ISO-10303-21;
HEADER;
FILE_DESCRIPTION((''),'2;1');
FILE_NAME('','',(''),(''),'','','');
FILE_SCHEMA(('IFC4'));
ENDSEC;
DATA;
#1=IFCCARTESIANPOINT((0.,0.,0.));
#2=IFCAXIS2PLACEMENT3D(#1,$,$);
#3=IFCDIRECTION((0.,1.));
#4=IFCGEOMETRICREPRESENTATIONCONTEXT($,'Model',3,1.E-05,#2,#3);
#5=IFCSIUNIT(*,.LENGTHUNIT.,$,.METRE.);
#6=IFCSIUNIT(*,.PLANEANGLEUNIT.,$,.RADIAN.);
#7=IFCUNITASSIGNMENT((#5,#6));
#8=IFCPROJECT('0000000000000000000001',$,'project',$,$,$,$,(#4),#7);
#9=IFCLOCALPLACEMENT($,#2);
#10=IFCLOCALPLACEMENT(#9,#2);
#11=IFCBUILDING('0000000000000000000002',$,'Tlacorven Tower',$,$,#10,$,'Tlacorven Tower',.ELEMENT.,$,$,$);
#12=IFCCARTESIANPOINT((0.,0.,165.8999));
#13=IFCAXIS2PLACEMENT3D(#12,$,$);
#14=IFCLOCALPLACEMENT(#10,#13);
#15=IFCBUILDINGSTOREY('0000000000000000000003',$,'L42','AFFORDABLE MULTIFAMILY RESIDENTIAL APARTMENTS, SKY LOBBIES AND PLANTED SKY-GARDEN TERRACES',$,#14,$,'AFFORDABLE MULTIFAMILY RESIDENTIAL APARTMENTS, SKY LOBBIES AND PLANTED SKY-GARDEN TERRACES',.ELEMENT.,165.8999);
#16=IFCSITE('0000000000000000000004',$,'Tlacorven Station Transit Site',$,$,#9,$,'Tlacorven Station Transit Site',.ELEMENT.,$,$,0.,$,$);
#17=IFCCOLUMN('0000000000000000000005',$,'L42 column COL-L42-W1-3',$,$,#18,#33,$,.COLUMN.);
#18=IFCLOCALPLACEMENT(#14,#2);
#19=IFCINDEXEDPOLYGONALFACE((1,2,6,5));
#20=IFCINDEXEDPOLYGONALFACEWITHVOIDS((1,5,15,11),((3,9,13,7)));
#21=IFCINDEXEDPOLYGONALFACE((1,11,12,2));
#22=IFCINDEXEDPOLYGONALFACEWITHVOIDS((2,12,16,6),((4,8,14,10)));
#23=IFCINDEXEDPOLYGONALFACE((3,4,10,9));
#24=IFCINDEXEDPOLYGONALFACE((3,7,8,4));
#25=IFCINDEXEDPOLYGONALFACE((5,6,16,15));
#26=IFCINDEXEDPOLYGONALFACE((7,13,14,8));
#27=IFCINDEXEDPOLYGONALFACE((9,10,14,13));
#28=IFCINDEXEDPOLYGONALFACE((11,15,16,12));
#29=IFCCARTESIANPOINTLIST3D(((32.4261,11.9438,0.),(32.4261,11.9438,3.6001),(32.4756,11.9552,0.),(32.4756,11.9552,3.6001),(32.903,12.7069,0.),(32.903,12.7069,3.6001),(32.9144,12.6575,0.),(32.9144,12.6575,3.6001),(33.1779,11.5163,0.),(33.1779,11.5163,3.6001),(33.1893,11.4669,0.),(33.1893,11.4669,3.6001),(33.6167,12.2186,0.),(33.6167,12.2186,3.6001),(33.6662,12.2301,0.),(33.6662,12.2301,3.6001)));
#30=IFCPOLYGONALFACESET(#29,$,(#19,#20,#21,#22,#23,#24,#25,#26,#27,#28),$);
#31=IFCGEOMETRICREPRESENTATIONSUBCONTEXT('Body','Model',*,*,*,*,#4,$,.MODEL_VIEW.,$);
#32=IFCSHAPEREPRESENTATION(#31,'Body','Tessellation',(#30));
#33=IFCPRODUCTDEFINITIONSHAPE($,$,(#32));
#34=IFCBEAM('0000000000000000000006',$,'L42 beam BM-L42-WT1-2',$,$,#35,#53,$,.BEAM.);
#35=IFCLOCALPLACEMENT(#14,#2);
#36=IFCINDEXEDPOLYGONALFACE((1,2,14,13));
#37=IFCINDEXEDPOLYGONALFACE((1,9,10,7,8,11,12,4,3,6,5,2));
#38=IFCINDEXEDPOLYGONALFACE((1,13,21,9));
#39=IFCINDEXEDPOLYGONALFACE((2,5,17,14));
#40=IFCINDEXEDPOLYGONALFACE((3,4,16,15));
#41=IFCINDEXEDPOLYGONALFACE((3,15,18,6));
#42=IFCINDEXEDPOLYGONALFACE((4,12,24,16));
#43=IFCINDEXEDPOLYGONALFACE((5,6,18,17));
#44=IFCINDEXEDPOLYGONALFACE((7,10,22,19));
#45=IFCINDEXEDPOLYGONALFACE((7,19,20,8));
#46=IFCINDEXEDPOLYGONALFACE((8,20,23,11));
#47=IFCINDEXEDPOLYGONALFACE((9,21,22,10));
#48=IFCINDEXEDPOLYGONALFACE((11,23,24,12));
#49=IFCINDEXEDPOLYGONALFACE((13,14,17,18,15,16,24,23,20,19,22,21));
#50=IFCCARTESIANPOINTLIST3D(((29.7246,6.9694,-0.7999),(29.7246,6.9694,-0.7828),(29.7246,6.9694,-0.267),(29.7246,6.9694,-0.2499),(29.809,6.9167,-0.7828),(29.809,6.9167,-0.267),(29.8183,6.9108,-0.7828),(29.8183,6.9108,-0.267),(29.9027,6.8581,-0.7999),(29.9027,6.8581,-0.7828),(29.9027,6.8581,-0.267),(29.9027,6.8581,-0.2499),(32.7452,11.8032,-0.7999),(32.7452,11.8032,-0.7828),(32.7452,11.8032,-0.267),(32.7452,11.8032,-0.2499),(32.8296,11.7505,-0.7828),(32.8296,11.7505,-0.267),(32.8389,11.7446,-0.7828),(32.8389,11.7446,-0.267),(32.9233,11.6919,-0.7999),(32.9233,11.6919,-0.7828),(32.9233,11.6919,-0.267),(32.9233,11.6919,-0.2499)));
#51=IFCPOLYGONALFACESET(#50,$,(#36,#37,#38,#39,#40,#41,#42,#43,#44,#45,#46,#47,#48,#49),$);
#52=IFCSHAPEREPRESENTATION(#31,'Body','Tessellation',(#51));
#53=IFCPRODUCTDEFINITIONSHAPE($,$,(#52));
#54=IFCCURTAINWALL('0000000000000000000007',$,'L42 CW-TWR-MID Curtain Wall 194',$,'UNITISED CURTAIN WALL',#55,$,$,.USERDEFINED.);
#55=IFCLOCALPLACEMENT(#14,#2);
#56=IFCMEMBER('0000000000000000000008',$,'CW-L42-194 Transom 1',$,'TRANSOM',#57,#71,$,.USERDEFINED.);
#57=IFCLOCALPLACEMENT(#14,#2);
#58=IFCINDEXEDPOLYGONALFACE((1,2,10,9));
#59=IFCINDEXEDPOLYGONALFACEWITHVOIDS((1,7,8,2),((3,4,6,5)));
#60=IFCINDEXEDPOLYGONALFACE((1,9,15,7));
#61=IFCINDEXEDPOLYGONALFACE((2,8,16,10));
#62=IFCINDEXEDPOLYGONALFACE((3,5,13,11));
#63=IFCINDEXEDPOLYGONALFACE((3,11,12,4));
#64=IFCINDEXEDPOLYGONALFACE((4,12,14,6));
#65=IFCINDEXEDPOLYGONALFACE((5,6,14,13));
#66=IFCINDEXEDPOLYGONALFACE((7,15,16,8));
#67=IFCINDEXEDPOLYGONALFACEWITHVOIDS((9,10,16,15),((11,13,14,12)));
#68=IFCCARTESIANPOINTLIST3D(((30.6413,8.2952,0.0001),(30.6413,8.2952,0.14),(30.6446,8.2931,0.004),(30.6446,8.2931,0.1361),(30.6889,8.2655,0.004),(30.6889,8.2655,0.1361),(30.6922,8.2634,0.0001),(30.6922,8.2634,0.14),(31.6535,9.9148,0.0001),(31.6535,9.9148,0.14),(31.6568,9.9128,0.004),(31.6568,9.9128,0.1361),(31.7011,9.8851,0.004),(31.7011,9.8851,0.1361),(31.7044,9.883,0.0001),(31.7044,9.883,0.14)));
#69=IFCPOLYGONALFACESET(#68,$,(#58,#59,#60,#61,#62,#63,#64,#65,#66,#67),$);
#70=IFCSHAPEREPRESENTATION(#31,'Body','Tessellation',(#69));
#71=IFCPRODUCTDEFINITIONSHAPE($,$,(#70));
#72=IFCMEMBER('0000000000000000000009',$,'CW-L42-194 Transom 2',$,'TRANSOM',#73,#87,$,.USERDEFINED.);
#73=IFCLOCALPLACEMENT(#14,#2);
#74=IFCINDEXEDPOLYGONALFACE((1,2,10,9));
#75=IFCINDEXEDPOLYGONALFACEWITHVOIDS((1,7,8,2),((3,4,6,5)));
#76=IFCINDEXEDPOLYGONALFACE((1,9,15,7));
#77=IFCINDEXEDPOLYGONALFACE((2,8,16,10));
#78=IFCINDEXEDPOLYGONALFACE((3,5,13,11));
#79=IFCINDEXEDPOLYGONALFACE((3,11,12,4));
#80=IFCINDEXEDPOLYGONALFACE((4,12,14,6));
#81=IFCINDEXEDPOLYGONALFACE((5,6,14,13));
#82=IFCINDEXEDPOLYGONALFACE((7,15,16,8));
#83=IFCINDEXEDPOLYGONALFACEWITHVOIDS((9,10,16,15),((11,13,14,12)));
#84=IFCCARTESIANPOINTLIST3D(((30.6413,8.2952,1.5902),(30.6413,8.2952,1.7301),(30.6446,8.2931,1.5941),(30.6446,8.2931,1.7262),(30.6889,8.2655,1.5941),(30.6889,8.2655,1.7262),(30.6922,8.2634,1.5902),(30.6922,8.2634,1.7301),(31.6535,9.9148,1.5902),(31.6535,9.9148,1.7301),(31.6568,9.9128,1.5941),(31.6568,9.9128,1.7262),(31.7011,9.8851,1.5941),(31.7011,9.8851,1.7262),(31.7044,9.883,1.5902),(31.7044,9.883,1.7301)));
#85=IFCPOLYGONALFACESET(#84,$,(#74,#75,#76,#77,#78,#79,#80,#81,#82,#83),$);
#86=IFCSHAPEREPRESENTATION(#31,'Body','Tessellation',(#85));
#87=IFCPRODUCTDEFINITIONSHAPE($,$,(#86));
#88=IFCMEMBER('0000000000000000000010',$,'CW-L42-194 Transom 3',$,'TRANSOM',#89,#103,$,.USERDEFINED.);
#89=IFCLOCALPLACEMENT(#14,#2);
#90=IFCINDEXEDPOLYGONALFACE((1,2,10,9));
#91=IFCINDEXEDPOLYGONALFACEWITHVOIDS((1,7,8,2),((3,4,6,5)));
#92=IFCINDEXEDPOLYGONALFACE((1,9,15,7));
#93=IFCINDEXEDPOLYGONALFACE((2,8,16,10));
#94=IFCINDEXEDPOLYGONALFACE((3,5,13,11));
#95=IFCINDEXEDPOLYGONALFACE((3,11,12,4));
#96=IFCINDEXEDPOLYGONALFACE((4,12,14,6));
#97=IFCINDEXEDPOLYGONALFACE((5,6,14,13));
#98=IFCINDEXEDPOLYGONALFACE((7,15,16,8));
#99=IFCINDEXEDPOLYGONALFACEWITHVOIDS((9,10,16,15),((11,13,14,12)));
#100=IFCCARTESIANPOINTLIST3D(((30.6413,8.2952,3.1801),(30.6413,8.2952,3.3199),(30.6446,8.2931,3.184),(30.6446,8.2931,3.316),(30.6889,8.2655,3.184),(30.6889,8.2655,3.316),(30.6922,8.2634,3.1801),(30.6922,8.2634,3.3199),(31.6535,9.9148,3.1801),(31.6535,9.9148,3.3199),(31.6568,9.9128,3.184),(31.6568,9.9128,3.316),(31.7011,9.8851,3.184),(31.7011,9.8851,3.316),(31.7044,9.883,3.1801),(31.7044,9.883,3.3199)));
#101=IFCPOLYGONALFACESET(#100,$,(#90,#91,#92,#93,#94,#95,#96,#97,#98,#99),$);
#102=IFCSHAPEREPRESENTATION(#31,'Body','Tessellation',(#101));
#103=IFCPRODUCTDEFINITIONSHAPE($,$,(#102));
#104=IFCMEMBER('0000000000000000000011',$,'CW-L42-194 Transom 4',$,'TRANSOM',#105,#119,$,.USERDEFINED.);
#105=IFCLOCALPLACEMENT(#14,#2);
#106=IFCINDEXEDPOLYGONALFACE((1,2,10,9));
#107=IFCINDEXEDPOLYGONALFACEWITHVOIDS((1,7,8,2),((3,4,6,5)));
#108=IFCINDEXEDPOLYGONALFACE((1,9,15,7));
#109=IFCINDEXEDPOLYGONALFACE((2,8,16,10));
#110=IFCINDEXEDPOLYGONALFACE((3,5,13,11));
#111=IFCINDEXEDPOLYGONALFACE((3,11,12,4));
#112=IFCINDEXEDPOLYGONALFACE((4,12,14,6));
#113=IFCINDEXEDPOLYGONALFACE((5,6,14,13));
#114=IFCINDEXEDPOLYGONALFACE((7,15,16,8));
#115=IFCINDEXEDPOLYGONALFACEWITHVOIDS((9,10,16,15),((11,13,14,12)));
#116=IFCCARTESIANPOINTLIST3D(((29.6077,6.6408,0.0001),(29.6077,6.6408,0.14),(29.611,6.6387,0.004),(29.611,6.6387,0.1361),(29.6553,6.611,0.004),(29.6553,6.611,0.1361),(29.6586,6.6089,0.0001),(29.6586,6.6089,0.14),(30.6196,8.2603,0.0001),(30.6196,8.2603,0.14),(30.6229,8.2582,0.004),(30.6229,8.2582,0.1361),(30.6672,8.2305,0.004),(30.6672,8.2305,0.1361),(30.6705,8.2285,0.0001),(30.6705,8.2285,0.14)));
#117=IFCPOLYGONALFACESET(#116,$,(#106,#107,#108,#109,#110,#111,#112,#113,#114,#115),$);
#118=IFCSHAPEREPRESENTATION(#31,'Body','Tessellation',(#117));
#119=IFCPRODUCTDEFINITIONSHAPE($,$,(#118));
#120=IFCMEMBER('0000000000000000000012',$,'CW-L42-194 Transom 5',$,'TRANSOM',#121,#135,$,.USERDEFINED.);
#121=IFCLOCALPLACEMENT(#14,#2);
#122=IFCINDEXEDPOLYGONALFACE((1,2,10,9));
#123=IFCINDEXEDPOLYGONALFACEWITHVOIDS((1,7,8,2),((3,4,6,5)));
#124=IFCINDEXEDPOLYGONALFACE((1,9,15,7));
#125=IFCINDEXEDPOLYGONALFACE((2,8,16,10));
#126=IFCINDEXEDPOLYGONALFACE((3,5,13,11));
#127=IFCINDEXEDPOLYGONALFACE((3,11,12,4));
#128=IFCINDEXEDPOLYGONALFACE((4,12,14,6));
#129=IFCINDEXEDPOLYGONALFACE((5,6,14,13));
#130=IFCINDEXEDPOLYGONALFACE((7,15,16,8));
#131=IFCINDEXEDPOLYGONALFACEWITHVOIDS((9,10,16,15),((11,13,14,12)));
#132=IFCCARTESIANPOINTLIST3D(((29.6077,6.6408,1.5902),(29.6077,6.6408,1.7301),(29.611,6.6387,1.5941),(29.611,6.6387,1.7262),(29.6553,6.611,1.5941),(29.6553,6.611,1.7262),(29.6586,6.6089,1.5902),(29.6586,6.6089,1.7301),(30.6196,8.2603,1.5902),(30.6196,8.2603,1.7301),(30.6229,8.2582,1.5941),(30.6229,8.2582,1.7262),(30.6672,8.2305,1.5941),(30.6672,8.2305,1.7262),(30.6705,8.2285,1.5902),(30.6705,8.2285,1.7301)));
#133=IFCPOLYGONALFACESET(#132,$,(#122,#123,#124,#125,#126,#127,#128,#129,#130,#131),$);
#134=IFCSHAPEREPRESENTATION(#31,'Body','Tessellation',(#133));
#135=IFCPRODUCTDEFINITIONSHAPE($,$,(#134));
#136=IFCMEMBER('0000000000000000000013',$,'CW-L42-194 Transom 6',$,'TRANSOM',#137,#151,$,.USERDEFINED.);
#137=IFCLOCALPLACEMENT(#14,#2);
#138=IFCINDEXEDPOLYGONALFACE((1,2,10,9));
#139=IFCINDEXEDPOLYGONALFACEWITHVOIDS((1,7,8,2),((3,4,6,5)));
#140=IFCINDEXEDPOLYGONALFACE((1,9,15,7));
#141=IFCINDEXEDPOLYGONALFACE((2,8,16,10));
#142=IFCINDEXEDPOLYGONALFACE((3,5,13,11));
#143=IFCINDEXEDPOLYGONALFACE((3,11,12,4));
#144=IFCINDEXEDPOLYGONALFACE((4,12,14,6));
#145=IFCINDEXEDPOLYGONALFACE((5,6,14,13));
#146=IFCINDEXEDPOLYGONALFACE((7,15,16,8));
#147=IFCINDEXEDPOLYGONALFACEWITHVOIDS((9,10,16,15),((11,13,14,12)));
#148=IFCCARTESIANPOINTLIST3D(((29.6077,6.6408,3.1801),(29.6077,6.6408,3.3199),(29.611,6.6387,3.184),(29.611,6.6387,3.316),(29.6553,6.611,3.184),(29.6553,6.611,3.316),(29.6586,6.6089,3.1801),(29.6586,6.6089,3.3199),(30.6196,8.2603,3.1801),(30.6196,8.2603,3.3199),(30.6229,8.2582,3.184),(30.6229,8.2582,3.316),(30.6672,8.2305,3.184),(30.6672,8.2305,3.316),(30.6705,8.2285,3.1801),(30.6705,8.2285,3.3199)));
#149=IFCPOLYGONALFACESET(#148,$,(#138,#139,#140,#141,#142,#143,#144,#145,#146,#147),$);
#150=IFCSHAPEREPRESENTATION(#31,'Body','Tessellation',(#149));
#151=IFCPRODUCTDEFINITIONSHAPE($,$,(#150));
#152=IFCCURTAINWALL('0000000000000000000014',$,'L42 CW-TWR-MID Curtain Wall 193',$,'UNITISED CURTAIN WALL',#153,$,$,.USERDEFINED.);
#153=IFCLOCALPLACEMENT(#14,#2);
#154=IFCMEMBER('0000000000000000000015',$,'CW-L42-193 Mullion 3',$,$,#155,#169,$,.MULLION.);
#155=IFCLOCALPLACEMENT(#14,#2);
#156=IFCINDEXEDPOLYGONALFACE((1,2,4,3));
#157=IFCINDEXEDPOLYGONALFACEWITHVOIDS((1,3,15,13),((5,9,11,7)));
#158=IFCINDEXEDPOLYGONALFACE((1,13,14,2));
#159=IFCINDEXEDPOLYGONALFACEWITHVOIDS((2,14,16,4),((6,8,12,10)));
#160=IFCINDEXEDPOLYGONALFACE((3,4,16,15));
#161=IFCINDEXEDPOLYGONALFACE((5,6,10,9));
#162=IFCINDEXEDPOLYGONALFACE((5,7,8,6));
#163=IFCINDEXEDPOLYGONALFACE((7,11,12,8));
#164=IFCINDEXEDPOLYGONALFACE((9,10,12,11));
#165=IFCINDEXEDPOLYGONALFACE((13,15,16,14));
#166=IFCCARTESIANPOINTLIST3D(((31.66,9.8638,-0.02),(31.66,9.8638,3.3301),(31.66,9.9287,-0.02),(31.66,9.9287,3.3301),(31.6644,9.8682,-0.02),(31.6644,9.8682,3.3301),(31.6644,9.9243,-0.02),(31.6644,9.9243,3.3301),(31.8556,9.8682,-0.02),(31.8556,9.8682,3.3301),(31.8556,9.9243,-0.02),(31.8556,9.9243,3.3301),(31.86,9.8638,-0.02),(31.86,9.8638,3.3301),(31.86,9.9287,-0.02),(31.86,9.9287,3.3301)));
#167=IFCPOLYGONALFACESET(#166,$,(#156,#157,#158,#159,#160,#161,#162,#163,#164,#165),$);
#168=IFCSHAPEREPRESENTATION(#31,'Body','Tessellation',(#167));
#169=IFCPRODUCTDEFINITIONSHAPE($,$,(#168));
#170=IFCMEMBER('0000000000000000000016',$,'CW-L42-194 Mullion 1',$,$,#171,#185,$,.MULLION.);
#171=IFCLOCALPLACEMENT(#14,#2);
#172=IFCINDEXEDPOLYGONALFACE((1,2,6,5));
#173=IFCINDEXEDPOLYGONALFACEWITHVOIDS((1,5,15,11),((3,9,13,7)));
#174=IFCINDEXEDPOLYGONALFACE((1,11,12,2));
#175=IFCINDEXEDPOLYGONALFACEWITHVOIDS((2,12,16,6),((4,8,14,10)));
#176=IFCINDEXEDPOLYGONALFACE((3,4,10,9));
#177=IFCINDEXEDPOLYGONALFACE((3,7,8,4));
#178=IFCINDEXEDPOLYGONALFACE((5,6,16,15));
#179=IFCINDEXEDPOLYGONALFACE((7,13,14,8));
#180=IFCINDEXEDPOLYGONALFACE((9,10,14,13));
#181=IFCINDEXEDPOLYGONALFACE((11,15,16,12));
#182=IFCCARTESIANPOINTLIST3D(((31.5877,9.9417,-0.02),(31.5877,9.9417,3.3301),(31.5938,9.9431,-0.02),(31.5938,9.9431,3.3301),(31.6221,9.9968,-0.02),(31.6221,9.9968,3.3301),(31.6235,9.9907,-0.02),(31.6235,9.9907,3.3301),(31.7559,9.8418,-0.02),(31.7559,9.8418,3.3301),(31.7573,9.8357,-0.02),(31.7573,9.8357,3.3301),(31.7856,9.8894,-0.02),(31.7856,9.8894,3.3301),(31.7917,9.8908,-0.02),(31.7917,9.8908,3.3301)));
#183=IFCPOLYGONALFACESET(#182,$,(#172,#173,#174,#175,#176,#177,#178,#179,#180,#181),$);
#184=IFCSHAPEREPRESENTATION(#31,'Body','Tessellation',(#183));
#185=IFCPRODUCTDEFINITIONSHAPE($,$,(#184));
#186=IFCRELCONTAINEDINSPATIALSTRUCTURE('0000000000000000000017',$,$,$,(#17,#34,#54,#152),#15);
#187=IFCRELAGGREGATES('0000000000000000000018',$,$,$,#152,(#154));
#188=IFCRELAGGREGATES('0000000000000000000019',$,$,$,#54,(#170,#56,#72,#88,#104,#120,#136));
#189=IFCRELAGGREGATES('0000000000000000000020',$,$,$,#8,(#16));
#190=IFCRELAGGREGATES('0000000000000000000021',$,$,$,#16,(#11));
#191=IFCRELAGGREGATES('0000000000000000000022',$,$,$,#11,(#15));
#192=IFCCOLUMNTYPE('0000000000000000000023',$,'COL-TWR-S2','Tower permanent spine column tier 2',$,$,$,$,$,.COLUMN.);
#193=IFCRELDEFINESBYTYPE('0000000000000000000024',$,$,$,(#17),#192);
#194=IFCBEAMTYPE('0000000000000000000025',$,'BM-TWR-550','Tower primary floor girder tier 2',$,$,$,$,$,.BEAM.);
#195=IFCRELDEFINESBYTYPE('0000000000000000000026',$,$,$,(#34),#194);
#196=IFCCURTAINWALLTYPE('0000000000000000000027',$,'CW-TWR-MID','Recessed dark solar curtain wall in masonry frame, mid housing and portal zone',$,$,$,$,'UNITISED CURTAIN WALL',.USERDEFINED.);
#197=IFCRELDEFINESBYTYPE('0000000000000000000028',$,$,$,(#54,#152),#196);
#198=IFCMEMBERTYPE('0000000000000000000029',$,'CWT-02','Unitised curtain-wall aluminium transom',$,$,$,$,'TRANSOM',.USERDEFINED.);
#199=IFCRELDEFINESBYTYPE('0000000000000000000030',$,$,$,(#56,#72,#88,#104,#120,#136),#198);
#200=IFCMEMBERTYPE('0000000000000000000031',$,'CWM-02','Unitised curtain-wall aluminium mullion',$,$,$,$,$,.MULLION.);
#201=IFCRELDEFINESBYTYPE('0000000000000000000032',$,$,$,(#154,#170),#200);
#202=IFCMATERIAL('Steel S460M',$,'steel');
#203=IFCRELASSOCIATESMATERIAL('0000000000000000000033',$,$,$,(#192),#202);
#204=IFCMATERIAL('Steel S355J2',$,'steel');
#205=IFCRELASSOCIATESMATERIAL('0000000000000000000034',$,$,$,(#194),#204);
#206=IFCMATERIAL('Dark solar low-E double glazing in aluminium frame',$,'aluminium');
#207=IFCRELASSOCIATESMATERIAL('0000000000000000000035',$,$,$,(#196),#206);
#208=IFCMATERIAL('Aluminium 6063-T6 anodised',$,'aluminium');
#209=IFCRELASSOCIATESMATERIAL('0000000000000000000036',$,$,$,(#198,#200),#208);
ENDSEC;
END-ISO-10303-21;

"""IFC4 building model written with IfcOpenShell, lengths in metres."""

from ifc_helpers import new_model, si_unit, direction, frame, origin, origin_2d, place, context, subcontext, project, spatial, hollow_rectangle, i_section, extrude, source, transform, mapped, material, material_profile, profile_set, type_object, element, aggregate, save


model = new_model("IFC4")

# Units and contexts
model_context = context("Model", 3, precision=1e-05, world=origin(), true_north=direction((0.0, 1.0)))
body_context = subcontext(model_context, "Body", "Model", "MODEL_VIEW")
ifc_project = project(units=[si_unit("LENGTHUNIT", "METRE"), si_unit("PLANEANGLEUNIT", "RADIAN")], contexts=[model_context])

# Site, building, storey
site_placement = place(None, origin())
site = spatial("IfcSite", under=ifc_project, at=site_placement, Name="Tlacorven Station Transit Site", LongName="Tlacorven Station Transit Site", CompositionType="ELEMENT", RefElevation=0.0)
building_placement = place(site_placement, origin())
building = spatial("IfcBuilding", under=site, at=building_placement, Name="Tlacorven Tower", LongName="Tlacorven Tower", CompositionType="ELEMENT")
storey_placement = place(building_placement, frame((0.0, 0.0, 165.8999)))
storey = spatial("IfcBuildingStorey", under=building, at=storey_placement, Name="L42", Description="AFFORDABLE MULTIFAMILY RESIDENTIAL APARTMENTS, SKY LOBBIES AND PLANTED SKY-GARDEN TERRACES", LongName="AFFORDABLE MULTIFAMILY RESIDENTIAL APARTMENTS, SKY LOBBIES AND PLANTED SKY-GARDEN TERRACES", CompositionType="ELEMENT", Elevation=165.8999)

# Column
ifc_material_1 = material(Name="Steel S460M", Category="steel")
ifc_material_profile_1 = material_profile(ifc_material_1, hollow_rectangle(XDim=0.8999, YDim=0.8999, WallThickness=0.0359, at=origin_2d()), Name="BOX 900X900X36")
ifc_profile_set_1 = profile_set([ifc_material_profile_1], Name="Steel S460M")
column_type = type_object("IfcColumnType", Name="COL-TWR-S2", Description="Tower permanent spine column tier 2", PredefinedType="COLUMN", material=ifc_profile_set_1)
shared_shape_1 = source(origin(), body_context, "Body", "SweptSolid", [
    extrude(hollow_rectangle(XDim=0.8999, YDim=0.8999, WallThickness=0.0359, at=origin_2d()), origin(), (0.0, 0.0, 1.0), 3.6001),
])
column_placement = place(storey_placement, frame((33.0461, 12.0869, 0.0), z_axis=(0.0, 0.0, 1.0), x_axis=(-0.848048, 0.529919, 0.0)))
element("IfcColumn", 1, at=column_placement, inside=storey, type_object=column_type, Name="L42 column COL-L42-W1-3", PredefinedType="COLUMN", context=body_context, shape_type="MappedRepresentation", body=[
    mapped(shared_shape_1, transform((0.0, 0.0, 0.0), scale=1.0)),
])

# Beam
ifc_material_2 = material(Name="Steel S355J2", Category="steel")
ifc_material_profile_2 = material_profile(ifc_material_2, i_section(OverallWidth=0.21, OverallDepth=0.55, WebThickness=0.011, FlangeThickness=0.0171, at=origin_2d()), Name="IPE 550")
ifc_profile_set_2 = profile_set([ifc_material_profile_2], Name="Steel S355J2")
beam_type = type_object("IfcBeamType", Name="BM-TWR-550", Description="Tower primary floor girder tier 2", PredefinedType="BEAM", material=ifc_profile_set_2)
shared_shape_2 = source(origin(), body_context, "Body", "SweptSolid", [
    extrude(i_section(OverallWidth=0.21, OverallDepth=0.55, WebThickness=0.011, FlangeThickness=0.0171, at=origin_2d()), origin(), (0.0, 0.0, 1.0), 5.7),
])
beam_placement = place(storey_placement, frame((32.8342, 11.7476, -0.5249), z_axis=(-0.529926, -0.848044, 0.0), x_axis=(0.848044, -0.529926, 0.0)))
element("IfcBeam", 2, at=beam_placement, inside=storey, type_object=beam_type, Name="L42 beam BM-L42-WT1-2", PredefinedType="BEAM", context=body_context, shape_type="MappedRepresentation", body=[
    mapped(shared_shape_2, transform((0.0, 0.0, 0.0), scale=1.0)),
])

# Curtain wall, members
ifc_material_3 = material(Name="Dark solar low-E double glazing in aluminium frame", Category="aluminium")
curtain_wall_type = type_object("IfcCurtainWallType", Name="CW-TWR-MID", Description="Recessed dark solar curtain wall in masonry frame, mid housing and portal zone", ElementType="UNITISED CURTAIN WALL", PredefinedType="USERDEFINED", material=ifc_material_3)
curtain_wall_1_placement = place(storey_placement, origin())
curtain_wall_1 = element("IfcCurtainWall", 3, at=curtain_wall_1_placement, inside=storey, type_object=curtain_wall_type, Name="L42 CW-TWR-MID Curtain Wall 194", ObjectType="UNITISED CURTAIN WALL", PredefinedType="USERDEFINED")
ifc_material_4 = material(Name="Aluminium 6063-T6 anodised", Category="aluminium")
ifc_material_profile_3 = material_profile(ifc_material_4, hollow_rectangle(XDim=0.0601, YDim=0.1399, WallThickness=0.0039, at=origin_2d()), Name="ALU TRANSOM 60X140")
ifc_profile_set_3 = profile_set([ifc_material_profile_3], Name="Aluminium 6063-T6 anodised")
member_type_1 = type_object("IfcMemberType", Name="CWT-02", Description="Unitised curtain-wall aluminium transom", ElementType="TRANSOM", PredefinedType="USERDEFINED", material=ifc_profile_set_3)
shared_shape_3 = source(origin(), body_context, "Body", "SweptSolid", [
    extrude(hollow_rectangle(XDim=0.0601, YDim=0.1399, WallThickness=0.0039, at=origin_2d()), origin(), (0.0, 0.0, 1.0), 1.9099),
])
member_1_placement = place(storey_placement, frame((31.679, 9.8989, 0.0701), z_axis=(-0.529976, -0.848013, 0.0), x_axis=(0.848013, -0.529976, 0.0)))
member_1 = element("IfcMember", 4, at=member_1_placement, type_object=member_type_1, Name="CW-L42-194 Transom 1", ObjectType="TRANSOM", PredefinedType="USERDEFINED", context=body_context, shape_type="MappedRepresentation", body=[
    mapped(shared_shape_3, transform((0.0, 0.0, 0.0), scale=1.0)),
])
member_2_placement = place(storey_placement, frame((31.679, 9.8989, 1.6602), z_axis=(-0.529976, -0.848013, 0.0), x_axis=(0.848013, -0.529976, 0.0)))
member_2 = element("IfcMember", 5, at=member_2_placement, type_object=member_type_1, Name="CW-L42-194 Transom 2", ObjectType="TRANSOM", PredefinedType="USERDEFINED", context=body_context, shape_type="MappedRepresentation", body=[
    mapped(shared_shape_3, transform((0.0, 0.0, 0.0), scale=1.0)),
])
member_3_placement = place(storey_placement, frame((31.679, 9.8989, 3.25), z_axis=(-0.529976, -0.848013, 0.0), x_axis=(0.848013, -0.529976, 0.0)))
member_3 = element("IfcMember", 6, at=member_3_placement, type_object=member_type_1, Name="CW-L42-194 Transom 3", ObjectType="TRANSOM", PredefinedType="USERDEFINED", context=body_context, shape_type="MappedRepresentation", body=[
    mapped(shared_shape_3, transform((0.0, 0.0, 0.0), scale=1.0)),
])
shared_shape_4 = source(origin(), body_context, "Body", "SweptSolid", [
    extrude(hollow_rectangle(XDim=0.0601, YDim=0.1399, WallThickness=0.0039, at=origin_2d()), origin(), (0.0, 0.0, 1.0), 1.9097),
])
member_4_placement = place(storey_placement, frame((30.645, 8.2444, 0.0701), z_axis=(-0.529884, -0.84807, 0.0), x_axis=(0.84807, -0.529884, 0.0)))
member_4 = element("IfcMember", 7, at=member_4_placement, type_object=member_type_1, Name="CW-L42-194 Transom 4", ObjectType="TRANSOM", PredefinedType="USERDEFINED", context=body_context, shape_type="MappedRepresentation", body=[
    mapped(shared_shape_4, transform((0.0, 0.0, 0.0), scale=1.0)),
])
member_5_placement = place(storey_placement, frame((30.645, 8.2444, 1.6602), z_axis=(-0.529884, -0.84807, 0.0), x_axis=(0.84807, -0.529884, 0.0)))
member_5 = element("IfcMember", 8, at=member_5_placement, type_object=member_type_1, Name="CW-L42-194 Transom 5", ObjectType="TRANSOM", PredefinedType="USERDEFINED", context=body_context, shape_type="MappedRepresentation", body=[
    mapped(shared_shape_4, transform((0.0, 0.0, 0.0), scale=1.0)),
])
member_6_placement = place(storey_placement, frame((30.645, 8.2444, 3.25), z_axis=(-0.529884, -0.84807, 0.0), x_axis=(0.84807, -0.529884, 0.0)))
member_6 = element("IfcMember", 9, at=member_6_placement, type_object=member_type_1, Name="CW-L42-194 Transom 6", ObjectType="TRANSOM", PredefinedType="USERDEFINED", context=body_context, shape_type="MappedRepresentation", body=[
    mapped(shared_shape_4, transform((0.0, 0.0, 0.0), scale=1.0)),
])

# Curtain wall, member
curtain_wall_2_placement = place(storey_placement, origin())
curtain_wall_2 = element("IfcCurtainWall", 10, at=curtain_wall_2_placement, inside=storey, type_object=curtain_wall_type, Name="L42 CW-TWR-MID Curtain Wall 193", ObjectType="UNITISED CURTAIN WALL", PredefinedType="USERDEFINED")
ifc_material_profile_4 = material_profile(ifc_material_4, hollow_rectangle(XDim=0.0649, YDim=0.2, WallThickness=0.0044, at=origin_2d()), Name="ALU MULLION 65X200")
ifc_profile_set_4 = profile_set([ifc_material_profile_4], Name="Aluminium 6063-T6 anodised")
member_type_2 = type_object("IfcMemberType", Name="CWM-02", Description="Unitised curtain-wall aluminium mullion", PredefinedType="MULLION", material=ifc_profile_set_4)
shared_shape_5 = source(origin(), body_context, "Body", "SweptSolid", [
    extrude(hollow_rectangle(XDim=0.0649, YDim=0.2, WallThickness=0.0044, at=origin_2d()), origin(), (0.0, 0.0, 1.0), 3.3501),
])
member_7_placement = place(storey_placement, frame((31.76, 9.8962, -0.02), z_axis=(0.0, 0.0, 1.0), x_axis=(0.0, 1.0, 0.0)))
member_7 = element("IfcMember", 11, at=member_7_placement, type_object=member_type_2, Name="CW-L42-193 Mullion 3", PredefinedType="MULLION", context=body_context, shape_type="MappedRepresentation", body=[
    mapped(shared_shape_5, transform((0.0, 0.0, 0.0), scale=1.0)),
])

# Member
member_8_placement = place(storey_placement, frame((31.6897, 9.9163, -0.02), z_axis=(0.0, 0.0, 1.0), x_axis=(-0.529919, -0.848048, 0.0)))
member_8 = element("IfcMember", 12, at=member_8_placement, type_object=member_type_2, Name="CW-L42-194 Mullion 1", PredefinedType="MULLION", context=body_context, shape_type="MappedRepresentation", body=[
    mapped(shared_shape_5, transform((0.0, 0.0, 0.0), scale=1.0)),
])

aggregate(curtain_wall_2, [member_7])
aggregate(curtain_wall_1, [member_8, member_1, member_2, member_3, member_4, member_5, member_6])

save(model, "model.ifc")
